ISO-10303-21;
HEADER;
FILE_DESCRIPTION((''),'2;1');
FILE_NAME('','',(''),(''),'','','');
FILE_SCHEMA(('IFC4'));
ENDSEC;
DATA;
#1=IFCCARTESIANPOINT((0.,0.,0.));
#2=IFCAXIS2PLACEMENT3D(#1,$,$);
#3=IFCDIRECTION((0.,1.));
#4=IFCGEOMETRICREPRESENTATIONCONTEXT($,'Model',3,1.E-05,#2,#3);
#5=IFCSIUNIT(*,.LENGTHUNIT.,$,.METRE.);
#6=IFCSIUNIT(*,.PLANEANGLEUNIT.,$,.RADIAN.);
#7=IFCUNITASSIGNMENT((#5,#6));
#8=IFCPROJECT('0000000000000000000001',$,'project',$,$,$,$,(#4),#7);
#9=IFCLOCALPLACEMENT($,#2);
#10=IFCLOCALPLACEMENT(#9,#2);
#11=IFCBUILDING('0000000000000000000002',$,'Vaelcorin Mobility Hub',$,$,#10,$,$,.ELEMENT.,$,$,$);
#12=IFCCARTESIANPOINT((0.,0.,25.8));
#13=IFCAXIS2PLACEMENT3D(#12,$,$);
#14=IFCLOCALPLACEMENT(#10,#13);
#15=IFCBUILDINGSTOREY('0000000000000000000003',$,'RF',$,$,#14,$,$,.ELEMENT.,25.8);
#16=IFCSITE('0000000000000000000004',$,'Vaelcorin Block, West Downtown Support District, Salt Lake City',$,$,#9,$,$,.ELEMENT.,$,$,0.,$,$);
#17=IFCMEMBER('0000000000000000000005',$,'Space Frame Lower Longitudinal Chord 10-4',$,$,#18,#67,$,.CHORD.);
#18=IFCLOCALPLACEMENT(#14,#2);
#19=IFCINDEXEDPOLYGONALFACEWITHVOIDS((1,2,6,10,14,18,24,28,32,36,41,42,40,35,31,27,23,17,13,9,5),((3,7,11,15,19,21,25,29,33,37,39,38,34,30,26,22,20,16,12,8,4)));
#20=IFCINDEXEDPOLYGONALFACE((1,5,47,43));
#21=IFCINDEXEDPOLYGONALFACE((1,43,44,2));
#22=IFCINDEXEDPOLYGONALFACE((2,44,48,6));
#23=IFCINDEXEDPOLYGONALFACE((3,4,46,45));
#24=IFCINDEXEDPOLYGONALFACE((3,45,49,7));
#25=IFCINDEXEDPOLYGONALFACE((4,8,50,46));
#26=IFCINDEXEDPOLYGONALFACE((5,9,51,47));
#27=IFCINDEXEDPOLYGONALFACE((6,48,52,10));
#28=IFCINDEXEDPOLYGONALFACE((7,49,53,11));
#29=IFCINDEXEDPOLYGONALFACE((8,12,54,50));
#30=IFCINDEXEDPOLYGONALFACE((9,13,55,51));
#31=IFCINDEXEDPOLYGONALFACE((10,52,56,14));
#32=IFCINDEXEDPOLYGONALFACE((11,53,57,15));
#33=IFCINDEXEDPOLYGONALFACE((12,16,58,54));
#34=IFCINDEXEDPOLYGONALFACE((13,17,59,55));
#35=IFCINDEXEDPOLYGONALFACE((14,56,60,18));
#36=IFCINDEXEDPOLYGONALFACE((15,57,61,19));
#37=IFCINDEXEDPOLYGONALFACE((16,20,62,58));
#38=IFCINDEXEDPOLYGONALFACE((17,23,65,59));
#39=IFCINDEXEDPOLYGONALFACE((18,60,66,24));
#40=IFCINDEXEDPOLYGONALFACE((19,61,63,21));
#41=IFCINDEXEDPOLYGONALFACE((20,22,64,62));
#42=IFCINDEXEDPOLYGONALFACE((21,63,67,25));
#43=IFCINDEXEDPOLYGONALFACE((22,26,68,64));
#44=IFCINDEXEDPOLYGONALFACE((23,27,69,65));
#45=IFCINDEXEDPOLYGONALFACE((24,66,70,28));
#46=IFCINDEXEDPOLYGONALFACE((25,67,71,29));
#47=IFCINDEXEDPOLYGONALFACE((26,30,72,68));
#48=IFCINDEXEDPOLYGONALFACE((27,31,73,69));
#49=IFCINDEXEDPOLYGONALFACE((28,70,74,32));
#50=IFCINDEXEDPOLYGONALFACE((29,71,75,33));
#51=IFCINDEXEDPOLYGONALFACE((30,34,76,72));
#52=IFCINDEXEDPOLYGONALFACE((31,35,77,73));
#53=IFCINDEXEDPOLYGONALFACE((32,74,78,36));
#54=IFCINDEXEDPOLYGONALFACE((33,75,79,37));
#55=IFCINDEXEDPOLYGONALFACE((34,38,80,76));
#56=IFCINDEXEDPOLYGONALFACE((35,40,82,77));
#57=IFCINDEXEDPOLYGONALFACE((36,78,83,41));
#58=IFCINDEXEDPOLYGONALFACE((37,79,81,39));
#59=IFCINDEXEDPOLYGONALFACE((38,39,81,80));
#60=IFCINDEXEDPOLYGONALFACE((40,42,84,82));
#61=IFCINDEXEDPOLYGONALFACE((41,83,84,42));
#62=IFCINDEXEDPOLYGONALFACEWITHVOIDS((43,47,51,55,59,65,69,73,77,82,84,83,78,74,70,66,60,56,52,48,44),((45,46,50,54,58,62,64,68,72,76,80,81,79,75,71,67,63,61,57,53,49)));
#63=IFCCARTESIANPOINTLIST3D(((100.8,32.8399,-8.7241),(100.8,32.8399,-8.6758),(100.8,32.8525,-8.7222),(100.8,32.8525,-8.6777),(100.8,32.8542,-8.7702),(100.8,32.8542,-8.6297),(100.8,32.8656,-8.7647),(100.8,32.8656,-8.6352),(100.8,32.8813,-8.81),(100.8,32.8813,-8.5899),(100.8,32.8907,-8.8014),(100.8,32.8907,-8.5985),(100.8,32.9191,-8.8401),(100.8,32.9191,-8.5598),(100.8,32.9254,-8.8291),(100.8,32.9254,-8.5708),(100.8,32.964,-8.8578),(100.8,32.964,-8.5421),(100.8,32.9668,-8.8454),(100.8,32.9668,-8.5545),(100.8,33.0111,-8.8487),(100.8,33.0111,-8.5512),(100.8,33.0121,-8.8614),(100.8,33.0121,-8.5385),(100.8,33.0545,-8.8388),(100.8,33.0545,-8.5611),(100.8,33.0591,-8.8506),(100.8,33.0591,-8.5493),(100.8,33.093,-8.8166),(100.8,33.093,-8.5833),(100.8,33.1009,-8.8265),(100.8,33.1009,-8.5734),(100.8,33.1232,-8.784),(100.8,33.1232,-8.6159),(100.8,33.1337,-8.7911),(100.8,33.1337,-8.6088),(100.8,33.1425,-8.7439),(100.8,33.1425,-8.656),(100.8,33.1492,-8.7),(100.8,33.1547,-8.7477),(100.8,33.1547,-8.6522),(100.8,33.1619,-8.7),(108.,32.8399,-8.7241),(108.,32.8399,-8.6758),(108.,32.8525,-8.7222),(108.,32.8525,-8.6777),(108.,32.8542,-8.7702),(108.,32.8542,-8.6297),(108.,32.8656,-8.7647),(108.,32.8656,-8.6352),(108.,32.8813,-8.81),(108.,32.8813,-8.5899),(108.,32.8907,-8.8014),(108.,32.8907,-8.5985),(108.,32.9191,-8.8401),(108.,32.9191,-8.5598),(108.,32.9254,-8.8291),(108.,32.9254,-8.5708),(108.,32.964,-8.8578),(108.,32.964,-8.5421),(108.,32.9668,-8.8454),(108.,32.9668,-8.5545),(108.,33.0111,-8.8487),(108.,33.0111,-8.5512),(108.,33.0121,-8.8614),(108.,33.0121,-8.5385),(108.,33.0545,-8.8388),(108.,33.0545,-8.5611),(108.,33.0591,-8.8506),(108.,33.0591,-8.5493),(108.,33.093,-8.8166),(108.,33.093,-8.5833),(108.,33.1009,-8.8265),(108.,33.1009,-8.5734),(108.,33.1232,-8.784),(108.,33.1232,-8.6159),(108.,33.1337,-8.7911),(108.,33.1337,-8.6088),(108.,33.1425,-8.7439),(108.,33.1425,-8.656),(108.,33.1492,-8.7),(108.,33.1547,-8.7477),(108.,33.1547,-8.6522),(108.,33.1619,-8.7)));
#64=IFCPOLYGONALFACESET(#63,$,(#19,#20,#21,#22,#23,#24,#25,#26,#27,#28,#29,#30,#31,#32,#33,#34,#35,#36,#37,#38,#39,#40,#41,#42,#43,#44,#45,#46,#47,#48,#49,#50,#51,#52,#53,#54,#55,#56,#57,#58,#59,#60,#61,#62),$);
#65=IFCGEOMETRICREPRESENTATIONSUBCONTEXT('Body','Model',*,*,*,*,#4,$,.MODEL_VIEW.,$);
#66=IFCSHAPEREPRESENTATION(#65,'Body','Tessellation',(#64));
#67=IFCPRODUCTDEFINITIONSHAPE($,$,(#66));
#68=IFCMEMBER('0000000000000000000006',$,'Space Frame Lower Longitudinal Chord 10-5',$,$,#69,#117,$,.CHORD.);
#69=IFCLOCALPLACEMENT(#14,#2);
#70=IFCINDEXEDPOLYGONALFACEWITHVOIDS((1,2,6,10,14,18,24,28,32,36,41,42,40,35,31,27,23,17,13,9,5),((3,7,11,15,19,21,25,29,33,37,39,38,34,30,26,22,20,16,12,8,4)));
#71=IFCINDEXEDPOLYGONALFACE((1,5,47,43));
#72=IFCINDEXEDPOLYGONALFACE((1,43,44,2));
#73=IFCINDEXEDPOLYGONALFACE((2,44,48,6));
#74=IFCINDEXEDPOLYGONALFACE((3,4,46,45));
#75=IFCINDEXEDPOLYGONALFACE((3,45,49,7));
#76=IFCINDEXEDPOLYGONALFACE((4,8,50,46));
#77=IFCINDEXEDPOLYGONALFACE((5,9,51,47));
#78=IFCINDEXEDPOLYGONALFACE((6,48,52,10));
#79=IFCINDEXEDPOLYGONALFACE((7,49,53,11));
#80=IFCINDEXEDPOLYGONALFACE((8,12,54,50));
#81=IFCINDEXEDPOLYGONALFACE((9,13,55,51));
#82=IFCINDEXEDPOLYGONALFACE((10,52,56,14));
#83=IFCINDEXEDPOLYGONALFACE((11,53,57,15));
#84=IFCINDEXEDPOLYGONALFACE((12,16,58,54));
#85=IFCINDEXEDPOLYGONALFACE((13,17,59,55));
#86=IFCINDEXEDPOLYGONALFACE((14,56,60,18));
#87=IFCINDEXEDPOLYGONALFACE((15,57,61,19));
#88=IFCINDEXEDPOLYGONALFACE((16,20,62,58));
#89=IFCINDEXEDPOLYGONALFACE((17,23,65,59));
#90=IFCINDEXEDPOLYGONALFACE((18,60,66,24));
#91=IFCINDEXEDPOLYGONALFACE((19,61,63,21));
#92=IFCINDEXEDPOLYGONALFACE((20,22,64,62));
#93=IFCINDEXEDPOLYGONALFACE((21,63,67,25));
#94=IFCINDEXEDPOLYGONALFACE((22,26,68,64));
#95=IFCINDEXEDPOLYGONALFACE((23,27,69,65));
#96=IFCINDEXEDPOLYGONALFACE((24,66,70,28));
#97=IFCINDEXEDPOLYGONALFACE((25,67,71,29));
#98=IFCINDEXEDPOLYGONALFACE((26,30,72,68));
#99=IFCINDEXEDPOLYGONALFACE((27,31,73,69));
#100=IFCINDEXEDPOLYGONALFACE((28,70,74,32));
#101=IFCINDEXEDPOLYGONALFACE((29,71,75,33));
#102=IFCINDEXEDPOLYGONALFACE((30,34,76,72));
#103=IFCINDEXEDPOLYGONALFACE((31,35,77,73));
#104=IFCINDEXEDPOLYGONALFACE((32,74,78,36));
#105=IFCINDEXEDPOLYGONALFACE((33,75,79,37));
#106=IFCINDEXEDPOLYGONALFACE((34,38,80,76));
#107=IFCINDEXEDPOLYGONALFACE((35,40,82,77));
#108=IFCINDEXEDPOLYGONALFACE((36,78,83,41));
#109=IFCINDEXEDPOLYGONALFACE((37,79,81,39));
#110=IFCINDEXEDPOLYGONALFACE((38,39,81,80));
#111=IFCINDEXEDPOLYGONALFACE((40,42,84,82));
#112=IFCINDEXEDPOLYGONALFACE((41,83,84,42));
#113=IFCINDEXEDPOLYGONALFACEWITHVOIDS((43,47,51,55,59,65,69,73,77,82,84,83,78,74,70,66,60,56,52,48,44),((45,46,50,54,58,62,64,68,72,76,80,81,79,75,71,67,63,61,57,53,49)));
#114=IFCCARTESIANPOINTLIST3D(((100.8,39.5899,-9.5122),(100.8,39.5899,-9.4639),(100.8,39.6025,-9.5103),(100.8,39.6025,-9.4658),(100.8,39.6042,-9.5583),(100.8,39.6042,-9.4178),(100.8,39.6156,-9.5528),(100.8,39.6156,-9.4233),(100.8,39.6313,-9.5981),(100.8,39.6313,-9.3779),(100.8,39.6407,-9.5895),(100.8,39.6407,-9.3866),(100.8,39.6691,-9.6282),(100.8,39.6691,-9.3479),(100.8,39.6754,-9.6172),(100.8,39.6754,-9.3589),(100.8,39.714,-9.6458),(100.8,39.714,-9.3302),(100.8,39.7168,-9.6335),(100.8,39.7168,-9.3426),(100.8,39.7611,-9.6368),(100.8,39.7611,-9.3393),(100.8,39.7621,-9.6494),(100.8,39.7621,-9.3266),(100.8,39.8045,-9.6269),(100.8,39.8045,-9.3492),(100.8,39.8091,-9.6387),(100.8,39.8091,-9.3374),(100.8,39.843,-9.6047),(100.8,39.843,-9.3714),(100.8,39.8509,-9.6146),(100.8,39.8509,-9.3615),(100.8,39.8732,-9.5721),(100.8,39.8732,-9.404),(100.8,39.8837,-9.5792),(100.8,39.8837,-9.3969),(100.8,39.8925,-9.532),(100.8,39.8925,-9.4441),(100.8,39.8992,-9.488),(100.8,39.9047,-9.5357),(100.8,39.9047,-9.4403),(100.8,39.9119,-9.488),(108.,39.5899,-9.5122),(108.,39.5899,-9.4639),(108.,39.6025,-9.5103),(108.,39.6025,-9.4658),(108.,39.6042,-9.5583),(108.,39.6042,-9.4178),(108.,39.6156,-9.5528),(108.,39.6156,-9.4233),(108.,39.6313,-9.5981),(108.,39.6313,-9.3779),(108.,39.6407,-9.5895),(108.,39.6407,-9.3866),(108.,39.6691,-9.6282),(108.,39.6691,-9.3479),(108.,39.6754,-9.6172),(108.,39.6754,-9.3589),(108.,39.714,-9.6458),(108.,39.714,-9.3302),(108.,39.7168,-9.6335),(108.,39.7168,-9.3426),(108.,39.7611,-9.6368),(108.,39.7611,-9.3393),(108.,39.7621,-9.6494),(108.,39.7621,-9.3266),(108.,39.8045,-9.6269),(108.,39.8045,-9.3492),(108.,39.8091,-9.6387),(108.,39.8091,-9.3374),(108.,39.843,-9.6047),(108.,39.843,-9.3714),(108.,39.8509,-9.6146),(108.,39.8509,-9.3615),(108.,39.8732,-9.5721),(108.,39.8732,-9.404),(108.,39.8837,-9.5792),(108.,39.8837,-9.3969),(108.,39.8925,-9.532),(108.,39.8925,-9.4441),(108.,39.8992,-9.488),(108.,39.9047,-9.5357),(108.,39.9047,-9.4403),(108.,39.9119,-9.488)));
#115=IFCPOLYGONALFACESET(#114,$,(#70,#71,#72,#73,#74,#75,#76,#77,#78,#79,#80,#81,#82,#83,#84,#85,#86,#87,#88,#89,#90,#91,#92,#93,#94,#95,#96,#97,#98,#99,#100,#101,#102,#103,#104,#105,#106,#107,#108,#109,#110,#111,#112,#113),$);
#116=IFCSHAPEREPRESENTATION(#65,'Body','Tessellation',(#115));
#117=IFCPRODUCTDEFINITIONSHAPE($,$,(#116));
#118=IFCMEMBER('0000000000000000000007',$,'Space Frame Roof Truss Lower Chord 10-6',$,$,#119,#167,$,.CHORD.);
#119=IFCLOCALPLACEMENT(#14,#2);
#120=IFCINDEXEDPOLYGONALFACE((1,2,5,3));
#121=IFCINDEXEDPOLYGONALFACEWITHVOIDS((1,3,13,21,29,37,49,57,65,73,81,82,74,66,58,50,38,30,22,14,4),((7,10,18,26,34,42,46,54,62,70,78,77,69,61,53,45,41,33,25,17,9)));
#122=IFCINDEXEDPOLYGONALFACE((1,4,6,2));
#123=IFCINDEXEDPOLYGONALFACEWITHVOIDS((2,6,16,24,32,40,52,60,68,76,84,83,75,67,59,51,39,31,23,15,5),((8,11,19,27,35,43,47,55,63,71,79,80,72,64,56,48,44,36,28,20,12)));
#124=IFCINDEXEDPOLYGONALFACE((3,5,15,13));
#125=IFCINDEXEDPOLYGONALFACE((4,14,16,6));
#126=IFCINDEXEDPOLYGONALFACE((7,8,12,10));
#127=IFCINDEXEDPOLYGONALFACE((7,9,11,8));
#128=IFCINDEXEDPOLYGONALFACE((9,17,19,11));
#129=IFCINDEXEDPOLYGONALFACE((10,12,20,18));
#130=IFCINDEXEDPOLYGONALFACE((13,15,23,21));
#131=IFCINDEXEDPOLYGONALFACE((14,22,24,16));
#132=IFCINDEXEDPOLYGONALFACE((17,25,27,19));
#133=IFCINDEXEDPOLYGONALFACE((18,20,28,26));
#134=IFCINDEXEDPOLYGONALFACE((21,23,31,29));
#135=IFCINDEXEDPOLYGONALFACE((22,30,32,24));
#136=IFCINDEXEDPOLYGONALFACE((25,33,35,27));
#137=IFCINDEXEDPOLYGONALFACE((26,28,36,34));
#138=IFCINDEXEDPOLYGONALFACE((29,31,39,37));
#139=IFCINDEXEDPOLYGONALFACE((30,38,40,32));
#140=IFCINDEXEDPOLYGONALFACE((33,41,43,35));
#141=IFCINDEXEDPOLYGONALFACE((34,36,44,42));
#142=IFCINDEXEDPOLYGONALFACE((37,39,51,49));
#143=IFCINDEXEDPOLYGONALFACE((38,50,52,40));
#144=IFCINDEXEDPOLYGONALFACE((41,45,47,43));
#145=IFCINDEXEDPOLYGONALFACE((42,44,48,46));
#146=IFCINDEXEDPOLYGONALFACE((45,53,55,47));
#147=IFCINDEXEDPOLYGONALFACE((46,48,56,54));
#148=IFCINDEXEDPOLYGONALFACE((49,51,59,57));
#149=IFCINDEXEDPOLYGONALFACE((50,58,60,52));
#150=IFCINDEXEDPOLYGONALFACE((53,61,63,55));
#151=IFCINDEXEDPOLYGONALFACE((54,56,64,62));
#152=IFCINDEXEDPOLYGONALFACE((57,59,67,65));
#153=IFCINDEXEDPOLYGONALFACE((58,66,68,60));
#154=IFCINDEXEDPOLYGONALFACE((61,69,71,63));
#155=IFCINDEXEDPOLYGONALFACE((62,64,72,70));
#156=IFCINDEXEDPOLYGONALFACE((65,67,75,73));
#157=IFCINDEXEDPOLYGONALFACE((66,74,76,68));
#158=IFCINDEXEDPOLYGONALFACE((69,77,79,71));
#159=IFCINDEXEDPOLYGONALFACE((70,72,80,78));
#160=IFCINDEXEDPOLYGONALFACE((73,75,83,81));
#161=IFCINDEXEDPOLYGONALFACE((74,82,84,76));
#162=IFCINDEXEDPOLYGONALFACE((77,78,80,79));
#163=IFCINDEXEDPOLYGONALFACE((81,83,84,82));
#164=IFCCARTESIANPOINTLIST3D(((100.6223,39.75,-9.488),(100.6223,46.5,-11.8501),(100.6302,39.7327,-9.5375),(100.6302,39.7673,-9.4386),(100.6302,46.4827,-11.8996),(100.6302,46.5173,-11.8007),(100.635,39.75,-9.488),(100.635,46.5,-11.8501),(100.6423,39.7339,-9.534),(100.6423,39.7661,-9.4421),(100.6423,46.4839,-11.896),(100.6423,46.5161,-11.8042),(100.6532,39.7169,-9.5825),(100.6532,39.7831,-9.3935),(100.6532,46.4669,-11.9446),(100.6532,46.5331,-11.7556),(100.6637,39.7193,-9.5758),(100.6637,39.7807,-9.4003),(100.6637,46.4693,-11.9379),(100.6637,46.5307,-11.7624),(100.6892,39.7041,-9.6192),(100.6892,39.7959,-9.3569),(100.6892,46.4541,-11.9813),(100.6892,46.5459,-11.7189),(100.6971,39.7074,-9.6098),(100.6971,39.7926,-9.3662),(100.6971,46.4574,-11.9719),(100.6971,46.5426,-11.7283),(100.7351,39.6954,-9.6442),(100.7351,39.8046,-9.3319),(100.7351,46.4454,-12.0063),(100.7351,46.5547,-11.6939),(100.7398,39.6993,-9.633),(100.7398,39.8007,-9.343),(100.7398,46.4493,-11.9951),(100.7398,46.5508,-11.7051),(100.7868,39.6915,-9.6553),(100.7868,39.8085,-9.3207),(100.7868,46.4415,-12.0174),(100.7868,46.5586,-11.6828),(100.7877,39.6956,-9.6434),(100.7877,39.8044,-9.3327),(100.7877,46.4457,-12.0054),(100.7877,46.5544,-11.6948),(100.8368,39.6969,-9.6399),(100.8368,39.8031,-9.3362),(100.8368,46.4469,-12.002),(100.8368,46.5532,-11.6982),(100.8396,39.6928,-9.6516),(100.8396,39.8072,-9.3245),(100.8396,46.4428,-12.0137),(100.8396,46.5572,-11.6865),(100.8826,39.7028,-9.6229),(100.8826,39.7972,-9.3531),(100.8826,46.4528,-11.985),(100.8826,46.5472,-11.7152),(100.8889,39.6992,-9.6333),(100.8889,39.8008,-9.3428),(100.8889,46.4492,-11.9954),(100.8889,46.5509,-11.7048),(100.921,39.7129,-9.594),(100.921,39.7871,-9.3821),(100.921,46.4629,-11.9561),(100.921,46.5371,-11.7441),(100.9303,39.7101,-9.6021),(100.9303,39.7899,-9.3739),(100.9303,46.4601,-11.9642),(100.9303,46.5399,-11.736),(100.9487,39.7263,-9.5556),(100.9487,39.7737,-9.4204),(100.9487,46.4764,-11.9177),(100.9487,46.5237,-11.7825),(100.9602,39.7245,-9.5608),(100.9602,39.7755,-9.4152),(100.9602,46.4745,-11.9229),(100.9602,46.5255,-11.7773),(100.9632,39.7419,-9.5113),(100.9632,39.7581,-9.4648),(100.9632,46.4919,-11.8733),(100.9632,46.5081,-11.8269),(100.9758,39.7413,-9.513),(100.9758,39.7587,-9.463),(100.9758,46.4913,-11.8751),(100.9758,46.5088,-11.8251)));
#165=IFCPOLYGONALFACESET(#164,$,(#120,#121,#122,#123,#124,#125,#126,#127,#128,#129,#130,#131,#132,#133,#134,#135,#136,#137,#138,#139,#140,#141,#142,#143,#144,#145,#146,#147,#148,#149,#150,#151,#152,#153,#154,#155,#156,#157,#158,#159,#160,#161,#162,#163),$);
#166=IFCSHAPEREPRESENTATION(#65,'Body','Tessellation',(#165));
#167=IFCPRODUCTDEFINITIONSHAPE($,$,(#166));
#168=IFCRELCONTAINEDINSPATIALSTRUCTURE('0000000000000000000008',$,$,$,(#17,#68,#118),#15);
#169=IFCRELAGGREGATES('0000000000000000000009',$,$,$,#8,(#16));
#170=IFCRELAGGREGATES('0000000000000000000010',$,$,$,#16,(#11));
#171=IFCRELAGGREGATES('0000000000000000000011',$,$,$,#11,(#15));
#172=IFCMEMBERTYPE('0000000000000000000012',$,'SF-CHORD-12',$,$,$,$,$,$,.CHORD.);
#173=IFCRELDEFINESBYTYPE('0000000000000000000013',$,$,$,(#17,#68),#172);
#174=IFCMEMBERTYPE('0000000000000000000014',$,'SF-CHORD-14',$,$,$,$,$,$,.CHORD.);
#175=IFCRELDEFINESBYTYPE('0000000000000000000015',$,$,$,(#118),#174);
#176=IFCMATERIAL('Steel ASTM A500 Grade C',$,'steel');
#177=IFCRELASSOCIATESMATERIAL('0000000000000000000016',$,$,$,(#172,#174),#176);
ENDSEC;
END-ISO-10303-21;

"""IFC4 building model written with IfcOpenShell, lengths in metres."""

from ifc_helpers import new_model, si_unit, direction, frame, origin, origin_2d, place, context, subcontext, project, spatial, hollow_circle, extrude, material, material_profile, profile_set, type_object, element, save


model = new_model("IFC4")

# Units and contexts
model_context = context("Model", 3, precision=1e-05, world=origin(), true_north=direction((0.0, 1.0)))
body_context = subcontext(model_context, "Body", "Model", "MODEL_VIEW")
ifc_project = project(units=[si_unit("LENGTHUNIT", "METRE"), si_unit("PLANEANGLEUNIT", "RADIAN")], contexts=[model_context])

# Site, building, storey
site_placement = place(None, origin())
site = spatial("IfcSite", under=ifc_project, at=site_placement, Name="Vaelcorin Block, West Downtown Support District, Salt Lake City", CompositionType="ELEMENT", RefElevation=0.0)
building_placement = place(site_placement, origin())
building = spatial("IfcBuilding", under=site, at=building_placement, Name="Vaelcorin Mobility Hub", CompositionType="ELEMENT")
storey_placement = place(building_placement, frame((0.0, 0.0, 25.8)))
storey = spatial("IfcBuildingStorey", under=building, at=storey_placement, Name="RF", CompositionType="ELEMENT", Elevation=25.8)

# Members
ifc_material_1 = material(Name="Steel ASTM A500 Grade C", Category="steel")
ifc_material_profile_1 = material_profile(ifc_material_1, hollow_circle(Radius=0.1619, WallThickness=0.0127, at=origin_2d()), Name="HSS12.750X0.500")
ifc_profile_set_1 = profile_set([ifc_material_profile_1], Name="Steel ASTM A500 Grade C")
member_type_1 = type_object("IfcMemberType", Name="SF-CHORD-12", PredefinedType="CHORD", material=ifc_profile_set_1)
for number, where, z_axis, x_axis, name in (
    (1, (100.8, 33.0, -8.7), (1.0, 0.0, 0.0), (0.0, 1.0, 0.0), "Space Frame Lower Longitudinal Chord 10-4"),
    (2, (100.8, 39.75, -9.488), (1.0, 0.0, 0.0), (0.0, 1.0, 0.0), "Space Frame Lower Longitudinal Chord 10-5"),
):
    element("IfcMember", number, at=place(storey_placement, frame(where, z_axis=z_axis, x_axis=x_axis)), inside=storey, type_object=member_type_1, Name=name, PredefinedType="CHORD", context=body_context, shape_type="SweptSolid", body=[
        extrude(hollow_circle(Radius=0.1619, WallThickness=0.0127, at=origin_2d()), origin(), (0.0, 0.0, 1.0), 7.2),
    ])
ifc_material_profile_2 = material_profile(ifc_material_1, hollow_circle(Radius=0.1777, WallThickness=0.0127, at=origin_2d()), Name="HSS14.000X0.500")
ifc_profile_set_2 = profile_set([ifc_material_profile_2], Name="Steel ASTM A500 Grade C")
member_type_2 = type_object("IfcMemberType", Name="SF-CHORD-14", PredefinedType="CHORD", material=ifc_profile_set_2)
member_1_placement = place(storey_placement, frame((100.8, 39.75, -9.488), z_axis=(0.0, 0.943878, -0.330296), x_axis=(-1.0, 0.0, 0.0)))
element("IfcMember", 3, at=member_1_placement, inside=storey, type_object=member_type_2, Name="Space Frame Roof Truss Lower Chord 10-6", PredefinedType="CHORD", context=body_context, shape_type="SweptSolid", body=[
    extrude(hollow_circle(Radius=0.1777, WallThickness=0.0127, at=origin_2d()), origin(), (0.0, 0.0, 1.0), 7.1514),
])

save(model, "model.ifc")
